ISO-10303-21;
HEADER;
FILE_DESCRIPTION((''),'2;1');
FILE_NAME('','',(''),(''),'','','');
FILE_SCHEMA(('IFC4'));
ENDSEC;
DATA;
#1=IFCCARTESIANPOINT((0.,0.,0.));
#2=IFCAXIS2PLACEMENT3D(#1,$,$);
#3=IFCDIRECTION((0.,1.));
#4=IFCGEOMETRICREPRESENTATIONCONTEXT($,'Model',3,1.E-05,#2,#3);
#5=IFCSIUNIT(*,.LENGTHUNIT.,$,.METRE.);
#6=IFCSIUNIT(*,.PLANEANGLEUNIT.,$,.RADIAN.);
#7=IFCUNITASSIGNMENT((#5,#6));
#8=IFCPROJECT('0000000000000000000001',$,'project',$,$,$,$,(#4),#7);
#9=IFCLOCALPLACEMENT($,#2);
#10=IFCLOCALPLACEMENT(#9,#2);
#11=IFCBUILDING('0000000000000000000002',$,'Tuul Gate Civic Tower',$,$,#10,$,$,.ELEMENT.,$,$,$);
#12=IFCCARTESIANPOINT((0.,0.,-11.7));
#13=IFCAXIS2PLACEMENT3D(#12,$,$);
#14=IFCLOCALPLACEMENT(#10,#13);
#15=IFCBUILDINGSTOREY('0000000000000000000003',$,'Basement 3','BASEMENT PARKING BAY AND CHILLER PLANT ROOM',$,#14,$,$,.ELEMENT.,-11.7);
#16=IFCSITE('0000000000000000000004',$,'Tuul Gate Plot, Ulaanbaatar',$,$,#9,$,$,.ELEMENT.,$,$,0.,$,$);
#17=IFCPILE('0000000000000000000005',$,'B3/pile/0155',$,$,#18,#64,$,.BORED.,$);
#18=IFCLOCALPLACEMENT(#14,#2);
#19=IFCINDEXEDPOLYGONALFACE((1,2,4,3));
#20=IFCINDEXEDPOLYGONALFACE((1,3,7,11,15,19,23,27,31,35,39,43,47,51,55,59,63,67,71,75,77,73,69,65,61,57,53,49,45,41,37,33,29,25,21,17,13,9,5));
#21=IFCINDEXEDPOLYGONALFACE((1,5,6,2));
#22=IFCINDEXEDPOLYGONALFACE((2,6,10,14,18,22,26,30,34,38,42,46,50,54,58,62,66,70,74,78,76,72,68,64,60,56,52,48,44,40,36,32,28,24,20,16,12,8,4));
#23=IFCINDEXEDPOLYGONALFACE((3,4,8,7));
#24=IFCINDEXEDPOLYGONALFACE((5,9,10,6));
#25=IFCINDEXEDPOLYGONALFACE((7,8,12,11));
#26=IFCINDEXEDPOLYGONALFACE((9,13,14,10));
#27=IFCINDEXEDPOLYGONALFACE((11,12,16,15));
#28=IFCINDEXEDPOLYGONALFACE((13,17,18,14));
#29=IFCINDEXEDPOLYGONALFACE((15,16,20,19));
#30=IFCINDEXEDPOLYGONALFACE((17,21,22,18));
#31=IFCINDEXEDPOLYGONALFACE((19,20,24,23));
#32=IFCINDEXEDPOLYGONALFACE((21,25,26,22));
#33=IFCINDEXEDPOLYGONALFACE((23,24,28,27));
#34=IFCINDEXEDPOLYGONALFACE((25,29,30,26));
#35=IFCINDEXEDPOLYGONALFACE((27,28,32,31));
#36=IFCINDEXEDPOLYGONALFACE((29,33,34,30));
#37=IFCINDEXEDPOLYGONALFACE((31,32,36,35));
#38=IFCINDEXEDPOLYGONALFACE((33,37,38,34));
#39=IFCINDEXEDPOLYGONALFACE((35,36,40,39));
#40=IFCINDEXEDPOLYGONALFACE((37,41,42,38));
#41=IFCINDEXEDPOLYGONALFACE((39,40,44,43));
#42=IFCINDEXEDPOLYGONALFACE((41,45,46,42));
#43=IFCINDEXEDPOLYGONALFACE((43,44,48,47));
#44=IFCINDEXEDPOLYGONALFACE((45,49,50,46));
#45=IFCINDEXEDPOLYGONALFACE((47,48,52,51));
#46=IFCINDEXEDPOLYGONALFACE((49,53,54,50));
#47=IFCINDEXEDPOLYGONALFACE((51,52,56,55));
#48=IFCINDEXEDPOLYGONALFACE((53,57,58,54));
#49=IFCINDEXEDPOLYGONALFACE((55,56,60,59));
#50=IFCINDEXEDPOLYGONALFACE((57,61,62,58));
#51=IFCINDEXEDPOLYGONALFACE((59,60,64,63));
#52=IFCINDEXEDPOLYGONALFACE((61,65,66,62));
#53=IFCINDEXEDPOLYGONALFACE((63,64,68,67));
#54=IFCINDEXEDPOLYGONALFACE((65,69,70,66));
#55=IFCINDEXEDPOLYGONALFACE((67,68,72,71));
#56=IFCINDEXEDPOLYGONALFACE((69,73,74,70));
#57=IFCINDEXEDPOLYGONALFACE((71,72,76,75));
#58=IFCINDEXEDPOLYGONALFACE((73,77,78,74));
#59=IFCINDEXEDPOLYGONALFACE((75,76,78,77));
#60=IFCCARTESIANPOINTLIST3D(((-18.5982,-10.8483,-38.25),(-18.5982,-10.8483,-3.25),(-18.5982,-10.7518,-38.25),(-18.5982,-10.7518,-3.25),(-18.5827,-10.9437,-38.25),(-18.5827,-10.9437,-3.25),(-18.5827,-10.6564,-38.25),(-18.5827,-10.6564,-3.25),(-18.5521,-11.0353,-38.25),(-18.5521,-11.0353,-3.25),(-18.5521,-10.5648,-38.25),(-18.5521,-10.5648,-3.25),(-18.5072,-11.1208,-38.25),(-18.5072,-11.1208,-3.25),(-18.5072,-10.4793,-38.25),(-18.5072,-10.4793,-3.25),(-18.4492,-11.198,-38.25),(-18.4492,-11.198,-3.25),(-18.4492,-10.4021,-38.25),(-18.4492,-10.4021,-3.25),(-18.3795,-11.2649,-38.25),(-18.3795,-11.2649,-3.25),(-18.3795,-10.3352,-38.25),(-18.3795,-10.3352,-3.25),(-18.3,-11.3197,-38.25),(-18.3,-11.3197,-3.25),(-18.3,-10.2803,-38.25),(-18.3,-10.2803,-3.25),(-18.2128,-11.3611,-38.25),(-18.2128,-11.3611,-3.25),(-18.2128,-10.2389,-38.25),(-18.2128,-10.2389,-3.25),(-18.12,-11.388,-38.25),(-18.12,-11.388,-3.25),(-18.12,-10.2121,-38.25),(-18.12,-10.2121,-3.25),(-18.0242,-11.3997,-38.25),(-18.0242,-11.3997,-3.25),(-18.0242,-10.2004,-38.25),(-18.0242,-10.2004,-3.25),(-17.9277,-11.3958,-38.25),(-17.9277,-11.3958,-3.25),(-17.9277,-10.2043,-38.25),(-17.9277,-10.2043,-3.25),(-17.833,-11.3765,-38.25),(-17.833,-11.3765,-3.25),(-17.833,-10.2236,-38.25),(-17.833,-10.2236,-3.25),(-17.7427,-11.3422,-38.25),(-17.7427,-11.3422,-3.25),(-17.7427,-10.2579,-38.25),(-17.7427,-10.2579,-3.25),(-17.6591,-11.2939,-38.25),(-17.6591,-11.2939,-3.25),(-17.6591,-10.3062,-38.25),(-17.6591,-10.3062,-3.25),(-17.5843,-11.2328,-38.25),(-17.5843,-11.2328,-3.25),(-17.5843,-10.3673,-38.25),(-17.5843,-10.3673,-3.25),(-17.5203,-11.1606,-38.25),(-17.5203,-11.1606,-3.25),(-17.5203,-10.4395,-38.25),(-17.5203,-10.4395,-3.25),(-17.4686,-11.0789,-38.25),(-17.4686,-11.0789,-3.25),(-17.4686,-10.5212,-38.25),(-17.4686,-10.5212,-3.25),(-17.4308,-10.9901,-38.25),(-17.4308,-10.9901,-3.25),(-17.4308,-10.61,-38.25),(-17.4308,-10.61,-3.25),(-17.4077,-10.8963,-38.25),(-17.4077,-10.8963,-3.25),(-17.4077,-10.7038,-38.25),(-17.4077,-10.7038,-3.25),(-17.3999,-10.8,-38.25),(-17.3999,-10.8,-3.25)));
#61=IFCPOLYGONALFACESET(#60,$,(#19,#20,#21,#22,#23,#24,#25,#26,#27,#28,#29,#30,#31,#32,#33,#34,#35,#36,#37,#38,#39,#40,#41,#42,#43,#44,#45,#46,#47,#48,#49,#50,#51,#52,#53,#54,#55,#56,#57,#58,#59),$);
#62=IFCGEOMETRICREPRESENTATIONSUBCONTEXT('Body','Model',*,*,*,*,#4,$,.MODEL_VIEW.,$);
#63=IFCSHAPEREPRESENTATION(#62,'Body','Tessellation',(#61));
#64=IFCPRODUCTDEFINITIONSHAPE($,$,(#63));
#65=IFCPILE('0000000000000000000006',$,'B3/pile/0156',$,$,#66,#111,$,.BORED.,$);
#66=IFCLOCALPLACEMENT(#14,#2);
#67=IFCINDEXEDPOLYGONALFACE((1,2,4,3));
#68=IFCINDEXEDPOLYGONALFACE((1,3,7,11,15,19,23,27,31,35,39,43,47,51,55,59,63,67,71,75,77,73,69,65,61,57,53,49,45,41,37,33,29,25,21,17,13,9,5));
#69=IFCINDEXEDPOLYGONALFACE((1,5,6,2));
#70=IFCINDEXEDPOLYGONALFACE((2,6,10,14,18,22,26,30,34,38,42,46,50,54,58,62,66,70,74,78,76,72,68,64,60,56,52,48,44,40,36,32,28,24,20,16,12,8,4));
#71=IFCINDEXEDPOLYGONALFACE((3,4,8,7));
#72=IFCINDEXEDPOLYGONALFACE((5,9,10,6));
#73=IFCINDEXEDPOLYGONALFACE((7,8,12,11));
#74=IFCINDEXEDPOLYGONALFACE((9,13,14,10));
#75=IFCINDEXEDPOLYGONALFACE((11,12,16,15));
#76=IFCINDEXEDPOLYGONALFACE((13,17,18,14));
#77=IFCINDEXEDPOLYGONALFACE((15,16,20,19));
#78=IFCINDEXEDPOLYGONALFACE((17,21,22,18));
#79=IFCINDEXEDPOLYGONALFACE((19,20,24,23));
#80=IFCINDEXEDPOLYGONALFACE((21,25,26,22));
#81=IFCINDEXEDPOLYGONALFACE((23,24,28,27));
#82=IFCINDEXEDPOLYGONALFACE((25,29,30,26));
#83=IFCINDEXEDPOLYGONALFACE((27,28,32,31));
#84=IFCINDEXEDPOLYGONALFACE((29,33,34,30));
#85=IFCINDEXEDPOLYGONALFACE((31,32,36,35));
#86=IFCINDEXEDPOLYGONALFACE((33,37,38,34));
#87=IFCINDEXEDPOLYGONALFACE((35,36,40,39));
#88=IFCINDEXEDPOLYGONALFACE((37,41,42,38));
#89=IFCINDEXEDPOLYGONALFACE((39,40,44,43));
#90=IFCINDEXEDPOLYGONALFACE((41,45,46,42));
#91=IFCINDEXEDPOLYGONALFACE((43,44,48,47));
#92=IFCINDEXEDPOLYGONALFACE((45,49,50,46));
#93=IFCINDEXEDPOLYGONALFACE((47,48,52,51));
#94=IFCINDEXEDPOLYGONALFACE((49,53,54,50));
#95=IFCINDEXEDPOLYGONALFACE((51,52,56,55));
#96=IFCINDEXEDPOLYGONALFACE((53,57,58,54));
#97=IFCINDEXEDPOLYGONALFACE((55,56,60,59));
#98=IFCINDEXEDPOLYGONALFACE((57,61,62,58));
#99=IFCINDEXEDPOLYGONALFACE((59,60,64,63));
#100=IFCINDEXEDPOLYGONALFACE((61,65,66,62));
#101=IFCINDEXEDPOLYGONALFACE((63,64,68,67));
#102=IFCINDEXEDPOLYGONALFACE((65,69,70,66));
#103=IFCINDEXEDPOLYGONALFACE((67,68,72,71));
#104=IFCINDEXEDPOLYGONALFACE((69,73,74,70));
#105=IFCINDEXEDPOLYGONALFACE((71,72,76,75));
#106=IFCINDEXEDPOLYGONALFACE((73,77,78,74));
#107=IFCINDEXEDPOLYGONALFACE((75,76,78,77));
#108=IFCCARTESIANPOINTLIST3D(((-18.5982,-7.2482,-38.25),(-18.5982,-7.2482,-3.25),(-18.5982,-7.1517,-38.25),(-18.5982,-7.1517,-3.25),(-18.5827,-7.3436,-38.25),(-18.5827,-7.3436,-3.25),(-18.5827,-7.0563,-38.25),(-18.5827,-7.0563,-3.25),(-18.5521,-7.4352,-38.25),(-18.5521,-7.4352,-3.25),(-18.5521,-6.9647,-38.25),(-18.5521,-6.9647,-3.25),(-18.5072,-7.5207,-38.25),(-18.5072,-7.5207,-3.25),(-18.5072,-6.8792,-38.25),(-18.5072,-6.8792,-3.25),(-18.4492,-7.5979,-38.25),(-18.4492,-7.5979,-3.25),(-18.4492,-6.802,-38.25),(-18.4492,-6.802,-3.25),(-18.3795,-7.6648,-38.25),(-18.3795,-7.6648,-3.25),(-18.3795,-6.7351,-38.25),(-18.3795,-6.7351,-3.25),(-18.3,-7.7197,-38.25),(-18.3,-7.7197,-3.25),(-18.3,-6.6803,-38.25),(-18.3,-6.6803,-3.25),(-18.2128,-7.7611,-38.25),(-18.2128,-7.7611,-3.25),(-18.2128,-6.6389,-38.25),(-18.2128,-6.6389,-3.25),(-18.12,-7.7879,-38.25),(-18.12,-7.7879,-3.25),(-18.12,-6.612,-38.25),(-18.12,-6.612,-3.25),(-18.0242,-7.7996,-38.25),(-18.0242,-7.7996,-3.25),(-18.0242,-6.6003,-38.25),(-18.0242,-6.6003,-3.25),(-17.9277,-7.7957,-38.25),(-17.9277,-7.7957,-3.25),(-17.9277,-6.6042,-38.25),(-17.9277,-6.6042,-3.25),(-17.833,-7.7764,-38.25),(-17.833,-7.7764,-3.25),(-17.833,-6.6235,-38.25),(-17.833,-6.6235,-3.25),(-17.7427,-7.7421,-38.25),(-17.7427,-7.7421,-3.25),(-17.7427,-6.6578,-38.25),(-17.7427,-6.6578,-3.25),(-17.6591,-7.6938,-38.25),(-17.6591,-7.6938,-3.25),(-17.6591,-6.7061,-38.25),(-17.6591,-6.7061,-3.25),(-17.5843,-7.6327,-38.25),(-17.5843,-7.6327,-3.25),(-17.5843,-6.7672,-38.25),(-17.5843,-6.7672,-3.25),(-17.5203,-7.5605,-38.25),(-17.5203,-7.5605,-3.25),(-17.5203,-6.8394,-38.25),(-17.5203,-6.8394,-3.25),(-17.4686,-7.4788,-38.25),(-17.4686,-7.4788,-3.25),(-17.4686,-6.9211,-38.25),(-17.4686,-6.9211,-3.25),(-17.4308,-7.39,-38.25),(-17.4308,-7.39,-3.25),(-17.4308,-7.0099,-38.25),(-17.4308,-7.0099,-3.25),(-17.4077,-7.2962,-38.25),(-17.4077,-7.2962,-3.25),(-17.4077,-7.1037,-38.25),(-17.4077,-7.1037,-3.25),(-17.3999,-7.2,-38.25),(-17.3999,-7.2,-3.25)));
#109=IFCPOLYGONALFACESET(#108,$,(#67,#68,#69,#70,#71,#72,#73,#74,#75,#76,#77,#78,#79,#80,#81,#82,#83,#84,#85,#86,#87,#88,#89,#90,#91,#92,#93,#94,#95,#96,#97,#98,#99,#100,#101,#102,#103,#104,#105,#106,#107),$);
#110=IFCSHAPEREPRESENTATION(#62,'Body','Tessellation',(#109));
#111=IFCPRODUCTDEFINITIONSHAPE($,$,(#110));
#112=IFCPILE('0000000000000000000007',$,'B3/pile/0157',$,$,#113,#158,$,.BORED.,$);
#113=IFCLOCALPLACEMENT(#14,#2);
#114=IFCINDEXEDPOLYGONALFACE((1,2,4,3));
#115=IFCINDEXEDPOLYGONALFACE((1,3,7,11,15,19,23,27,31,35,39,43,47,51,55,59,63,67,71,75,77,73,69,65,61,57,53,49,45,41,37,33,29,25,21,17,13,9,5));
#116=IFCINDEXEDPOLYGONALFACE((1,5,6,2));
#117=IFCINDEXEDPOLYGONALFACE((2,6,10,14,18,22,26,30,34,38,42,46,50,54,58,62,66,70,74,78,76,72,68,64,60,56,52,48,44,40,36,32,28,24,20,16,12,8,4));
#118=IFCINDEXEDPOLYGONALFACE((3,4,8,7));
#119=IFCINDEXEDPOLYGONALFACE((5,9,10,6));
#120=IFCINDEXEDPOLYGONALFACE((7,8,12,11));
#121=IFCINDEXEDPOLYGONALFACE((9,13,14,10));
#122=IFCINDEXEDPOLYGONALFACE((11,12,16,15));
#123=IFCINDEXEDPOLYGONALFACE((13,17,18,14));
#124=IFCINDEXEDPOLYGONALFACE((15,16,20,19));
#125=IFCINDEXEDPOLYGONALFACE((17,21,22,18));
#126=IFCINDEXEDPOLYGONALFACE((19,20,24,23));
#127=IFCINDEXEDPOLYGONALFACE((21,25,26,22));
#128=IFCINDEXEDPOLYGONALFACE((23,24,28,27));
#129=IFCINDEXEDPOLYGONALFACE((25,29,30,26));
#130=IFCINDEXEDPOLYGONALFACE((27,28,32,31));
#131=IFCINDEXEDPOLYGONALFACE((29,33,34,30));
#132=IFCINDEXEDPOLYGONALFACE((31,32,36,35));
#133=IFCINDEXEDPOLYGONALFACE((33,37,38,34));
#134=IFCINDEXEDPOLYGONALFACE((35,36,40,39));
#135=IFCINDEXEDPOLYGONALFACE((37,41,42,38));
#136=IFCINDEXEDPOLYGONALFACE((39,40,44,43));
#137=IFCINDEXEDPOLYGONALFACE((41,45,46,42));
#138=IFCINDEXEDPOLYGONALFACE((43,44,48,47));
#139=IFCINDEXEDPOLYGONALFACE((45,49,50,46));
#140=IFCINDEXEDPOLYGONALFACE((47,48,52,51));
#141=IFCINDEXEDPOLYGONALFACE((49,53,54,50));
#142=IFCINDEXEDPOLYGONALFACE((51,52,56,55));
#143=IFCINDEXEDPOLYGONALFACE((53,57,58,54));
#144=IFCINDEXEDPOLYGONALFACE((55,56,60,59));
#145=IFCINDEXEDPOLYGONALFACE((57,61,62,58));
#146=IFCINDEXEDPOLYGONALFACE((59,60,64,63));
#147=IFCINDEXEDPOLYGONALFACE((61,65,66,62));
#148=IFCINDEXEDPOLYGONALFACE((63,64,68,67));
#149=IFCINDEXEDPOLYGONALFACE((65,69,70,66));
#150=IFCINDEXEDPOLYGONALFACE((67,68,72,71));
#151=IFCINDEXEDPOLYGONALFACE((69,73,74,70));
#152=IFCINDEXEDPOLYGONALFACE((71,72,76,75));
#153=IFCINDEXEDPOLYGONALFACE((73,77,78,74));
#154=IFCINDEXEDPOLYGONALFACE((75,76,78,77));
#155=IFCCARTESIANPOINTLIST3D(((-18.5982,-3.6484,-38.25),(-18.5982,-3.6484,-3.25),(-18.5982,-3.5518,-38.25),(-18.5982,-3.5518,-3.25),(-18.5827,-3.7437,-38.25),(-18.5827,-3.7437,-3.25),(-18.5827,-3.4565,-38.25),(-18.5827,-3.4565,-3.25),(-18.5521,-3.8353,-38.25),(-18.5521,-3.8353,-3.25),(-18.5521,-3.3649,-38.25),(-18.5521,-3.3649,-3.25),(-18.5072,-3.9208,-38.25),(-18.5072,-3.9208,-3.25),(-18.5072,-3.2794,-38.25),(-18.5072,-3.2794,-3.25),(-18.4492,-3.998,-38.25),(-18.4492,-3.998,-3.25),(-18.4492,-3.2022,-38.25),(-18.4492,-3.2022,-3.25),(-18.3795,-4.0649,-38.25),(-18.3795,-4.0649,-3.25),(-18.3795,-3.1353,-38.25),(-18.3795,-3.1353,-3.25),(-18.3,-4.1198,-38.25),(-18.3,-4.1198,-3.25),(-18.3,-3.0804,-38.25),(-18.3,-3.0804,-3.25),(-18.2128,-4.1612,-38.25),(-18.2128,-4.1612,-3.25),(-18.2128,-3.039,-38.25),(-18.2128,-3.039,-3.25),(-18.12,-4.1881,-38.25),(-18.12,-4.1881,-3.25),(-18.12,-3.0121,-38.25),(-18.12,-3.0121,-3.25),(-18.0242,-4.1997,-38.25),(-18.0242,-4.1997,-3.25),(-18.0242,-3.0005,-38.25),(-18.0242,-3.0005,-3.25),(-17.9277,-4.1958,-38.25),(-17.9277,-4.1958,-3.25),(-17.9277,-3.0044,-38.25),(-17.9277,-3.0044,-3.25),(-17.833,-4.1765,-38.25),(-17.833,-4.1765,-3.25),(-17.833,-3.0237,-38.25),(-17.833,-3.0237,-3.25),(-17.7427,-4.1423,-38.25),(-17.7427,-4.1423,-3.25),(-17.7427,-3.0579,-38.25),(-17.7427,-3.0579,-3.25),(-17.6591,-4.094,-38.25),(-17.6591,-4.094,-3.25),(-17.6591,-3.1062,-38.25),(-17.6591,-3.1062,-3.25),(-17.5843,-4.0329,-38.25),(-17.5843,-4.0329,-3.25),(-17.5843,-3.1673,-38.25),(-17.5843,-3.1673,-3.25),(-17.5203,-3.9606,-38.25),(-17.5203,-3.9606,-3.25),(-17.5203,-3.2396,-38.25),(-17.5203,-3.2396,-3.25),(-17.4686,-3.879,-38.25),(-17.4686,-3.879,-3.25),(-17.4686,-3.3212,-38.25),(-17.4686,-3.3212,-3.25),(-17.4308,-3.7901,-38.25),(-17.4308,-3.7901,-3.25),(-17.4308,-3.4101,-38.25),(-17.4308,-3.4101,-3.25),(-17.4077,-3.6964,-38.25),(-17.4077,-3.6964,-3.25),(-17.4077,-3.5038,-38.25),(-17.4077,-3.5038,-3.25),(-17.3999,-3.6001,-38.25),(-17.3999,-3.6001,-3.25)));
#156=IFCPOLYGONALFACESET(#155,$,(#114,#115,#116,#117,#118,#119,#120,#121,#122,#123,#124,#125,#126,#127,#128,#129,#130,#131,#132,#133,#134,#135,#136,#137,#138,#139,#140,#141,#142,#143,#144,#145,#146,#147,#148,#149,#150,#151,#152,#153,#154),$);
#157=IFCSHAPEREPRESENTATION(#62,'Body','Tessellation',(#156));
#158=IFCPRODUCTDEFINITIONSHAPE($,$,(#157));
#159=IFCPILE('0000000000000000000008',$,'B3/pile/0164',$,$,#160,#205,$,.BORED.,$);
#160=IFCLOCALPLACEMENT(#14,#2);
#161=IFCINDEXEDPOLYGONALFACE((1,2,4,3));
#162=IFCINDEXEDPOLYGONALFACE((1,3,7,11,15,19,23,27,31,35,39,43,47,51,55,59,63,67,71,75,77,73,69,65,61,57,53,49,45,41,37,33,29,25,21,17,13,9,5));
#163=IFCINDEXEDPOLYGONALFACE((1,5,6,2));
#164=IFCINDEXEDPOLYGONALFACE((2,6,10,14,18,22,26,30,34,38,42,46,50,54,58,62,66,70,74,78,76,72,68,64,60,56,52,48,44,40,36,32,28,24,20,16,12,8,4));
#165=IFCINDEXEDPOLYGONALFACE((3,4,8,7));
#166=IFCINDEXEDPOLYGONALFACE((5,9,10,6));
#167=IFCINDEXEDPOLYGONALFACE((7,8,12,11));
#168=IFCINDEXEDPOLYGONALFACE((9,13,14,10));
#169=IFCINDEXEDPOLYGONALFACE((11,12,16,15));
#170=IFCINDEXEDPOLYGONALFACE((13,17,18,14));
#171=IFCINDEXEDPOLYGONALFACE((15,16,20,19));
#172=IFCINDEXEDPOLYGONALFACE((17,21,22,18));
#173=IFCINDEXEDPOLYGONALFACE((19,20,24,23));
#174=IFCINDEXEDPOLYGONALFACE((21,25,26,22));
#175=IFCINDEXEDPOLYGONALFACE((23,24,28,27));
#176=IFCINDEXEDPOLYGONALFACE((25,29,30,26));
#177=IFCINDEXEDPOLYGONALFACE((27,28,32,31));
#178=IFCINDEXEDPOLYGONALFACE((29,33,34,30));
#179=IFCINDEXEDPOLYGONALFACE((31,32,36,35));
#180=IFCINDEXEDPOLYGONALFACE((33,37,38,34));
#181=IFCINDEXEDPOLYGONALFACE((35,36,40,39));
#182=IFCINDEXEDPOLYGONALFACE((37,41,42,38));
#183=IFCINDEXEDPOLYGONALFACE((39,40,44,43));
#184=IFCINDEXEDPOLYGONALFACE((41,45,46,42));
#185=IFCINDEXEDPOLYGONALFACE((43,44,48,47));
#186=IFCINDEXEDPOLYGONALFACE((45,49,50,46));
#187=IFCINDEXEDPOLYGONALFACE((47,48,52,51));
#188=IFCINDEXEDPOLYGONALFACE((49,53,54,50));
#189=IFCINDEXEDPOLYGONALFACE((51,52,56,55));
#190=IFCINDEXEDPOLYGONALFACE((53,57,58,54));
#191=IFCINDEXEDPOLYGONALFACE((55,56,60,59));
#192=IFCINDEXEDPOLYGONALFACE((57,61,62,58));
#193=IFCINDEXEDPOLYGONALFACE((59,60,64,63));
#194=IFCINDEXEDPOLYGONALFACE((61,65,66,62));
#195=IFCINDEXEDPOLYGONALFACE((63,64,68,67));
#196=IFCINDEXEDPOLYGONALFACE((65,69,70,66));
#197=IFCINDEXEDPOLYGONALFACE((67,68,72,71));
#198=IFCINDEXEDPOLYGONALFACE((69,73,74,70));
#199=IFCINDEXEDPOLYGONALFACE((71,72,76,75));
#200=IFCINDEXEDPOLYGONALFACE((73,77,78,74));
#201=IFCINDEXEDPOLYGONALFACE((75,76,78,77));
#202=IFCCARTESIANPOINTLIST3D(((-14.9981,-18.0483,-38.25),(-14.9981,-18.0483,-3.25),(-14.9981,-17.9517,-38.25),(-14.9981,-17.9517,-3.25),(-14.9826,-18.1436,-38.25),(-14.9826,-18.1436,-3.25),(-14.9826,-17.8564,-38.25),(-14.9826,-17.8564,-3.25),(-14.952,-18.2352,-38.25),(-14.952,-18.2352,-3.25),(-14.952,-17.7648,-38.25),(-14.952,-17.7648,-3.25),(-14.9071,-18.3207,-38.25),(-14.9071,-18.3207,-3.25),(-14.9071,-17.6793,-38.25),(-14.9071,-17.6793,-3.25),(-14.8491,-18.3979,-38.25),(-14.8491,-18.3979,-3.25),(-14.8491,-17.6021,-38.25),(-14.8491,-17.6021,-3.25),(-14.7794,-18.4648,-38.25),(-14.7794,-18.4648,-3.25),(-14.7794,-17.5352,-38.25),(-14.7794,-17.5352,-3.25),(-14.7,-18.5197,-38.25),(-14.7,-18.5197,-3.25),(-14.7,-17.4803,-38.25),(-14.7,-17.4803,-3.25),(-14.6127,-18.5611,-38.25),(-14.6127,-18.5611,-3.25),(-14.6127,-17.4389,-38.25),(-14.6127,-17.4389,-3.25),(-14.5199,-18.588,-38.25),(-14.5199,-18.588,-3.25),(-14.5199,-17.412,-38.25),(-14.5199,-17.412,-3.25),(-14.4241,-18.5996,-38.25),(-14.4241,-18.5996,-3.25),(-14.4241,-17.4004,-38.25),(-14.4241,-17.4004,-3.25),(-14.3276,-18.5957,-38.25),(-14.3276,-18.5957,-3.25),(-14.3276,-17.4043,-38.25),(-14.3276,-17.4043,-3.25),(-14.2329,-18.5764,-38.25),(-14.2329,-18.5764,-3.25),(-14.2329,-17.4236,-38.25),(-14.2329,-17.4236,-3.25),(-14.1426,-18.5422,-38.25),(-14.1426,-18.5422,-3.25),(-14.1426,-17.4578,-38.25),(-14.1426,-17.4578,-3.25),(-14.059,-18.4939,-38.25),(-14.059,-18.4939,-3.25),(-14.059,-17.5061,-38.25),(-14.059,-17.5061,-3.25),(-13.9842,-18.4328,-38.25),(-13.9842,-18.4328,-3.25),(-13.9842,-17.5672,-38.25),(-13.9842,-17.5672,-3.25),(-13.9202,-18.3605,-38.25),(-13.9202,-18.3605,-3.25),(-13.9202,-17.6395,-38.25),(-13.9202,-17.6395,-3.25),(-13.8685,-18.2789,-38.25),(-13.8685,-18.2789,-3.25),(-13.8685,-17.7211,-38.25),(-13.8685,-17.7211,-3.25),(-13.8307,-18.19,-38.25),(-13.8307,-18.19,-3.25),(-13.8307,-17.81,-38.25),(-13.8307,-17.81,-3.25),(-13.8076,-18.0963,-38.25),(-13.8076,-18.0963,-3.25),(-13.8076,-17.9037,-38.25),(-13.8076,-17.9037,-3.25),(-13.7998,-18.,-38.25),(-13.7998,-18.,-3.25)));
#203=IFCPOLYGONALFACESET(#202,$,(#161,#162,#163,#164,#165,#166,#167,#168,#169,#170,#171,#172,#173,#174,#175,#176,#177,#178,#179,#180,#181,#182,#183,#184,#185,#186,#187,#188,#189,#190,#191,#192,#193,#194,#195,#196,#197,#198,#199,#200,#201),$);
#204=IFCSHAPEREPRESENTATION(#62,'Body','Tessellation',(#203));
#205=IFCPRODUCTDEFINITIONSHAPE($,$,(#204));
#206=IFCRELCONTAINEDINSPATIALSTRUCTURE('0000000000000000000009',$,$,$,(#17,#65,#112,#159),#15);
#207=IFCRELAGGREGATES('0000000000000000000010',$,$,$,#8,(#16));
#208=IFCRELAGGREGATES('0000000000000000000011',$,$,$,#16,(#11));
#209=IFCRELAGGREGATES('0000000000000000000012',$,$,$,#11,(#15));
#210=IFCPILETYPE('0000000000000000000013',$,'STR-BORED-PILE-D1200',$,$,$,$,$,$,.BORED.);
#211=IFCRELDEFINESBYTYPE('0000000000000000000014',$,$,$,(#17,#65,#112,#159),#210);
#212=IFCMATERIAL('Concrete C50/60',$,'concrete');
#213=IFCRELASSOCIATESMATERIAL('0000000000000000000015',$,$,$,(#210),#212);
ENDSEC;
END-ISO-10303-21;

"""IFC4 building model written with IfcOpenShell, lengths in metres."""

from ifc_helpers import new_model, si_unit, direction, frame, origin, origin_2d, place, context, subcontext, project, spatial, circle, extrude, material, material_profile, profile_set, type_object, element, save


model = new_model("IFC4")

# Units and contexts
model_context = context("Model", 3, precision=1e-05, world=origin(), true_north=direction((0.0, 1.0)))
body_context = subcontext(model_context, "Body", "Model", "MODEL_VIEW")
ifc_project = project(units=[si_unit("LENGTHUNIT", "METRE"), si_unit("PLANEANGLEUNIT", "RADIAN")], contexts=[model_context])

# Site, building, storey
site_placement = place(None, origin())
site = spatial("IfcSite", under=ifc_project, at=site_placement, Name="Tuul Gate Plot, Ulaanbaatar", CompositionType="ELEMENT", RefElevation=0.0)
building_placement = place(site_placement, origin())
building = spatial("IfcBuilding", under=site, at=building_placement, Name="Tuul Gate Civic Tower", CompositionType="ELEMENT")
storey_placement = place(building_placement, frame((0.0, 0.0, -11.7)))
storey = spatial("IfcBuildingStorey", under=building, at=storey_placement, Name="Basement 3", Description="BASEMENT PARKING BAY AND CHILLER PLANT ROOM", CompositionType="ELEMENT", Elevation=-11.7)

# Piles
ifc_material_1 = material(Name="Concrete C50/60", Category="concrete")
ifc_material_profile_1 = material_profile(ifc_material_1, circle(Radius=0.6001, at=origin_2d()), Name="PILE1200")
ifc_profile_set_1 = profile_set([ifc_material_profile_1], Name="Concrete C50/60")
pile_type = type_object("IfcPileType", Name="STR-BORED-PILE-D1200", PredefinedType="BORED", material=ifc_profile_set_1)
for number, where, z_axis, x_axis, name in (
    (1, (-18.0, -10.8, -3.25), (0.0, 0.0, -1.0), (1.0, 0.0, 0.0), "B3/pile/0155"),
    (2, (-18.0, -7.2, -3.25), (0.0, 0.0, -1.0), (1.0, 0.0, 0.0), "B3/pile/0156"),
    (3, (-18.0, -3.6001, -3.25), (0.0, 0.0, -1.0), (1.0, 0.0, 0.0), "B3/pile/0157"),
    (4, (-14.3999, -18.0, -3.25), (0.0, 0.0, -1.0), (1.0, 0.0, 0.0), "B3/pile/0164"),
):
    element("IfcPile", number, at=place(storey_placement, frame(where, z_axis=z_axis, x_axis=x_axis)), inside=storey, type_object=pile_type, Name=name, PredefinedType="BORED", context=body_context, shape_type="SweptSolid", body=[
        extrude(circle(Radius=0.6001, at=origin_2d()), origin(), (0.0, 0.0, 1.0), 35.0),
    ])

save(model, "model.ifc")
